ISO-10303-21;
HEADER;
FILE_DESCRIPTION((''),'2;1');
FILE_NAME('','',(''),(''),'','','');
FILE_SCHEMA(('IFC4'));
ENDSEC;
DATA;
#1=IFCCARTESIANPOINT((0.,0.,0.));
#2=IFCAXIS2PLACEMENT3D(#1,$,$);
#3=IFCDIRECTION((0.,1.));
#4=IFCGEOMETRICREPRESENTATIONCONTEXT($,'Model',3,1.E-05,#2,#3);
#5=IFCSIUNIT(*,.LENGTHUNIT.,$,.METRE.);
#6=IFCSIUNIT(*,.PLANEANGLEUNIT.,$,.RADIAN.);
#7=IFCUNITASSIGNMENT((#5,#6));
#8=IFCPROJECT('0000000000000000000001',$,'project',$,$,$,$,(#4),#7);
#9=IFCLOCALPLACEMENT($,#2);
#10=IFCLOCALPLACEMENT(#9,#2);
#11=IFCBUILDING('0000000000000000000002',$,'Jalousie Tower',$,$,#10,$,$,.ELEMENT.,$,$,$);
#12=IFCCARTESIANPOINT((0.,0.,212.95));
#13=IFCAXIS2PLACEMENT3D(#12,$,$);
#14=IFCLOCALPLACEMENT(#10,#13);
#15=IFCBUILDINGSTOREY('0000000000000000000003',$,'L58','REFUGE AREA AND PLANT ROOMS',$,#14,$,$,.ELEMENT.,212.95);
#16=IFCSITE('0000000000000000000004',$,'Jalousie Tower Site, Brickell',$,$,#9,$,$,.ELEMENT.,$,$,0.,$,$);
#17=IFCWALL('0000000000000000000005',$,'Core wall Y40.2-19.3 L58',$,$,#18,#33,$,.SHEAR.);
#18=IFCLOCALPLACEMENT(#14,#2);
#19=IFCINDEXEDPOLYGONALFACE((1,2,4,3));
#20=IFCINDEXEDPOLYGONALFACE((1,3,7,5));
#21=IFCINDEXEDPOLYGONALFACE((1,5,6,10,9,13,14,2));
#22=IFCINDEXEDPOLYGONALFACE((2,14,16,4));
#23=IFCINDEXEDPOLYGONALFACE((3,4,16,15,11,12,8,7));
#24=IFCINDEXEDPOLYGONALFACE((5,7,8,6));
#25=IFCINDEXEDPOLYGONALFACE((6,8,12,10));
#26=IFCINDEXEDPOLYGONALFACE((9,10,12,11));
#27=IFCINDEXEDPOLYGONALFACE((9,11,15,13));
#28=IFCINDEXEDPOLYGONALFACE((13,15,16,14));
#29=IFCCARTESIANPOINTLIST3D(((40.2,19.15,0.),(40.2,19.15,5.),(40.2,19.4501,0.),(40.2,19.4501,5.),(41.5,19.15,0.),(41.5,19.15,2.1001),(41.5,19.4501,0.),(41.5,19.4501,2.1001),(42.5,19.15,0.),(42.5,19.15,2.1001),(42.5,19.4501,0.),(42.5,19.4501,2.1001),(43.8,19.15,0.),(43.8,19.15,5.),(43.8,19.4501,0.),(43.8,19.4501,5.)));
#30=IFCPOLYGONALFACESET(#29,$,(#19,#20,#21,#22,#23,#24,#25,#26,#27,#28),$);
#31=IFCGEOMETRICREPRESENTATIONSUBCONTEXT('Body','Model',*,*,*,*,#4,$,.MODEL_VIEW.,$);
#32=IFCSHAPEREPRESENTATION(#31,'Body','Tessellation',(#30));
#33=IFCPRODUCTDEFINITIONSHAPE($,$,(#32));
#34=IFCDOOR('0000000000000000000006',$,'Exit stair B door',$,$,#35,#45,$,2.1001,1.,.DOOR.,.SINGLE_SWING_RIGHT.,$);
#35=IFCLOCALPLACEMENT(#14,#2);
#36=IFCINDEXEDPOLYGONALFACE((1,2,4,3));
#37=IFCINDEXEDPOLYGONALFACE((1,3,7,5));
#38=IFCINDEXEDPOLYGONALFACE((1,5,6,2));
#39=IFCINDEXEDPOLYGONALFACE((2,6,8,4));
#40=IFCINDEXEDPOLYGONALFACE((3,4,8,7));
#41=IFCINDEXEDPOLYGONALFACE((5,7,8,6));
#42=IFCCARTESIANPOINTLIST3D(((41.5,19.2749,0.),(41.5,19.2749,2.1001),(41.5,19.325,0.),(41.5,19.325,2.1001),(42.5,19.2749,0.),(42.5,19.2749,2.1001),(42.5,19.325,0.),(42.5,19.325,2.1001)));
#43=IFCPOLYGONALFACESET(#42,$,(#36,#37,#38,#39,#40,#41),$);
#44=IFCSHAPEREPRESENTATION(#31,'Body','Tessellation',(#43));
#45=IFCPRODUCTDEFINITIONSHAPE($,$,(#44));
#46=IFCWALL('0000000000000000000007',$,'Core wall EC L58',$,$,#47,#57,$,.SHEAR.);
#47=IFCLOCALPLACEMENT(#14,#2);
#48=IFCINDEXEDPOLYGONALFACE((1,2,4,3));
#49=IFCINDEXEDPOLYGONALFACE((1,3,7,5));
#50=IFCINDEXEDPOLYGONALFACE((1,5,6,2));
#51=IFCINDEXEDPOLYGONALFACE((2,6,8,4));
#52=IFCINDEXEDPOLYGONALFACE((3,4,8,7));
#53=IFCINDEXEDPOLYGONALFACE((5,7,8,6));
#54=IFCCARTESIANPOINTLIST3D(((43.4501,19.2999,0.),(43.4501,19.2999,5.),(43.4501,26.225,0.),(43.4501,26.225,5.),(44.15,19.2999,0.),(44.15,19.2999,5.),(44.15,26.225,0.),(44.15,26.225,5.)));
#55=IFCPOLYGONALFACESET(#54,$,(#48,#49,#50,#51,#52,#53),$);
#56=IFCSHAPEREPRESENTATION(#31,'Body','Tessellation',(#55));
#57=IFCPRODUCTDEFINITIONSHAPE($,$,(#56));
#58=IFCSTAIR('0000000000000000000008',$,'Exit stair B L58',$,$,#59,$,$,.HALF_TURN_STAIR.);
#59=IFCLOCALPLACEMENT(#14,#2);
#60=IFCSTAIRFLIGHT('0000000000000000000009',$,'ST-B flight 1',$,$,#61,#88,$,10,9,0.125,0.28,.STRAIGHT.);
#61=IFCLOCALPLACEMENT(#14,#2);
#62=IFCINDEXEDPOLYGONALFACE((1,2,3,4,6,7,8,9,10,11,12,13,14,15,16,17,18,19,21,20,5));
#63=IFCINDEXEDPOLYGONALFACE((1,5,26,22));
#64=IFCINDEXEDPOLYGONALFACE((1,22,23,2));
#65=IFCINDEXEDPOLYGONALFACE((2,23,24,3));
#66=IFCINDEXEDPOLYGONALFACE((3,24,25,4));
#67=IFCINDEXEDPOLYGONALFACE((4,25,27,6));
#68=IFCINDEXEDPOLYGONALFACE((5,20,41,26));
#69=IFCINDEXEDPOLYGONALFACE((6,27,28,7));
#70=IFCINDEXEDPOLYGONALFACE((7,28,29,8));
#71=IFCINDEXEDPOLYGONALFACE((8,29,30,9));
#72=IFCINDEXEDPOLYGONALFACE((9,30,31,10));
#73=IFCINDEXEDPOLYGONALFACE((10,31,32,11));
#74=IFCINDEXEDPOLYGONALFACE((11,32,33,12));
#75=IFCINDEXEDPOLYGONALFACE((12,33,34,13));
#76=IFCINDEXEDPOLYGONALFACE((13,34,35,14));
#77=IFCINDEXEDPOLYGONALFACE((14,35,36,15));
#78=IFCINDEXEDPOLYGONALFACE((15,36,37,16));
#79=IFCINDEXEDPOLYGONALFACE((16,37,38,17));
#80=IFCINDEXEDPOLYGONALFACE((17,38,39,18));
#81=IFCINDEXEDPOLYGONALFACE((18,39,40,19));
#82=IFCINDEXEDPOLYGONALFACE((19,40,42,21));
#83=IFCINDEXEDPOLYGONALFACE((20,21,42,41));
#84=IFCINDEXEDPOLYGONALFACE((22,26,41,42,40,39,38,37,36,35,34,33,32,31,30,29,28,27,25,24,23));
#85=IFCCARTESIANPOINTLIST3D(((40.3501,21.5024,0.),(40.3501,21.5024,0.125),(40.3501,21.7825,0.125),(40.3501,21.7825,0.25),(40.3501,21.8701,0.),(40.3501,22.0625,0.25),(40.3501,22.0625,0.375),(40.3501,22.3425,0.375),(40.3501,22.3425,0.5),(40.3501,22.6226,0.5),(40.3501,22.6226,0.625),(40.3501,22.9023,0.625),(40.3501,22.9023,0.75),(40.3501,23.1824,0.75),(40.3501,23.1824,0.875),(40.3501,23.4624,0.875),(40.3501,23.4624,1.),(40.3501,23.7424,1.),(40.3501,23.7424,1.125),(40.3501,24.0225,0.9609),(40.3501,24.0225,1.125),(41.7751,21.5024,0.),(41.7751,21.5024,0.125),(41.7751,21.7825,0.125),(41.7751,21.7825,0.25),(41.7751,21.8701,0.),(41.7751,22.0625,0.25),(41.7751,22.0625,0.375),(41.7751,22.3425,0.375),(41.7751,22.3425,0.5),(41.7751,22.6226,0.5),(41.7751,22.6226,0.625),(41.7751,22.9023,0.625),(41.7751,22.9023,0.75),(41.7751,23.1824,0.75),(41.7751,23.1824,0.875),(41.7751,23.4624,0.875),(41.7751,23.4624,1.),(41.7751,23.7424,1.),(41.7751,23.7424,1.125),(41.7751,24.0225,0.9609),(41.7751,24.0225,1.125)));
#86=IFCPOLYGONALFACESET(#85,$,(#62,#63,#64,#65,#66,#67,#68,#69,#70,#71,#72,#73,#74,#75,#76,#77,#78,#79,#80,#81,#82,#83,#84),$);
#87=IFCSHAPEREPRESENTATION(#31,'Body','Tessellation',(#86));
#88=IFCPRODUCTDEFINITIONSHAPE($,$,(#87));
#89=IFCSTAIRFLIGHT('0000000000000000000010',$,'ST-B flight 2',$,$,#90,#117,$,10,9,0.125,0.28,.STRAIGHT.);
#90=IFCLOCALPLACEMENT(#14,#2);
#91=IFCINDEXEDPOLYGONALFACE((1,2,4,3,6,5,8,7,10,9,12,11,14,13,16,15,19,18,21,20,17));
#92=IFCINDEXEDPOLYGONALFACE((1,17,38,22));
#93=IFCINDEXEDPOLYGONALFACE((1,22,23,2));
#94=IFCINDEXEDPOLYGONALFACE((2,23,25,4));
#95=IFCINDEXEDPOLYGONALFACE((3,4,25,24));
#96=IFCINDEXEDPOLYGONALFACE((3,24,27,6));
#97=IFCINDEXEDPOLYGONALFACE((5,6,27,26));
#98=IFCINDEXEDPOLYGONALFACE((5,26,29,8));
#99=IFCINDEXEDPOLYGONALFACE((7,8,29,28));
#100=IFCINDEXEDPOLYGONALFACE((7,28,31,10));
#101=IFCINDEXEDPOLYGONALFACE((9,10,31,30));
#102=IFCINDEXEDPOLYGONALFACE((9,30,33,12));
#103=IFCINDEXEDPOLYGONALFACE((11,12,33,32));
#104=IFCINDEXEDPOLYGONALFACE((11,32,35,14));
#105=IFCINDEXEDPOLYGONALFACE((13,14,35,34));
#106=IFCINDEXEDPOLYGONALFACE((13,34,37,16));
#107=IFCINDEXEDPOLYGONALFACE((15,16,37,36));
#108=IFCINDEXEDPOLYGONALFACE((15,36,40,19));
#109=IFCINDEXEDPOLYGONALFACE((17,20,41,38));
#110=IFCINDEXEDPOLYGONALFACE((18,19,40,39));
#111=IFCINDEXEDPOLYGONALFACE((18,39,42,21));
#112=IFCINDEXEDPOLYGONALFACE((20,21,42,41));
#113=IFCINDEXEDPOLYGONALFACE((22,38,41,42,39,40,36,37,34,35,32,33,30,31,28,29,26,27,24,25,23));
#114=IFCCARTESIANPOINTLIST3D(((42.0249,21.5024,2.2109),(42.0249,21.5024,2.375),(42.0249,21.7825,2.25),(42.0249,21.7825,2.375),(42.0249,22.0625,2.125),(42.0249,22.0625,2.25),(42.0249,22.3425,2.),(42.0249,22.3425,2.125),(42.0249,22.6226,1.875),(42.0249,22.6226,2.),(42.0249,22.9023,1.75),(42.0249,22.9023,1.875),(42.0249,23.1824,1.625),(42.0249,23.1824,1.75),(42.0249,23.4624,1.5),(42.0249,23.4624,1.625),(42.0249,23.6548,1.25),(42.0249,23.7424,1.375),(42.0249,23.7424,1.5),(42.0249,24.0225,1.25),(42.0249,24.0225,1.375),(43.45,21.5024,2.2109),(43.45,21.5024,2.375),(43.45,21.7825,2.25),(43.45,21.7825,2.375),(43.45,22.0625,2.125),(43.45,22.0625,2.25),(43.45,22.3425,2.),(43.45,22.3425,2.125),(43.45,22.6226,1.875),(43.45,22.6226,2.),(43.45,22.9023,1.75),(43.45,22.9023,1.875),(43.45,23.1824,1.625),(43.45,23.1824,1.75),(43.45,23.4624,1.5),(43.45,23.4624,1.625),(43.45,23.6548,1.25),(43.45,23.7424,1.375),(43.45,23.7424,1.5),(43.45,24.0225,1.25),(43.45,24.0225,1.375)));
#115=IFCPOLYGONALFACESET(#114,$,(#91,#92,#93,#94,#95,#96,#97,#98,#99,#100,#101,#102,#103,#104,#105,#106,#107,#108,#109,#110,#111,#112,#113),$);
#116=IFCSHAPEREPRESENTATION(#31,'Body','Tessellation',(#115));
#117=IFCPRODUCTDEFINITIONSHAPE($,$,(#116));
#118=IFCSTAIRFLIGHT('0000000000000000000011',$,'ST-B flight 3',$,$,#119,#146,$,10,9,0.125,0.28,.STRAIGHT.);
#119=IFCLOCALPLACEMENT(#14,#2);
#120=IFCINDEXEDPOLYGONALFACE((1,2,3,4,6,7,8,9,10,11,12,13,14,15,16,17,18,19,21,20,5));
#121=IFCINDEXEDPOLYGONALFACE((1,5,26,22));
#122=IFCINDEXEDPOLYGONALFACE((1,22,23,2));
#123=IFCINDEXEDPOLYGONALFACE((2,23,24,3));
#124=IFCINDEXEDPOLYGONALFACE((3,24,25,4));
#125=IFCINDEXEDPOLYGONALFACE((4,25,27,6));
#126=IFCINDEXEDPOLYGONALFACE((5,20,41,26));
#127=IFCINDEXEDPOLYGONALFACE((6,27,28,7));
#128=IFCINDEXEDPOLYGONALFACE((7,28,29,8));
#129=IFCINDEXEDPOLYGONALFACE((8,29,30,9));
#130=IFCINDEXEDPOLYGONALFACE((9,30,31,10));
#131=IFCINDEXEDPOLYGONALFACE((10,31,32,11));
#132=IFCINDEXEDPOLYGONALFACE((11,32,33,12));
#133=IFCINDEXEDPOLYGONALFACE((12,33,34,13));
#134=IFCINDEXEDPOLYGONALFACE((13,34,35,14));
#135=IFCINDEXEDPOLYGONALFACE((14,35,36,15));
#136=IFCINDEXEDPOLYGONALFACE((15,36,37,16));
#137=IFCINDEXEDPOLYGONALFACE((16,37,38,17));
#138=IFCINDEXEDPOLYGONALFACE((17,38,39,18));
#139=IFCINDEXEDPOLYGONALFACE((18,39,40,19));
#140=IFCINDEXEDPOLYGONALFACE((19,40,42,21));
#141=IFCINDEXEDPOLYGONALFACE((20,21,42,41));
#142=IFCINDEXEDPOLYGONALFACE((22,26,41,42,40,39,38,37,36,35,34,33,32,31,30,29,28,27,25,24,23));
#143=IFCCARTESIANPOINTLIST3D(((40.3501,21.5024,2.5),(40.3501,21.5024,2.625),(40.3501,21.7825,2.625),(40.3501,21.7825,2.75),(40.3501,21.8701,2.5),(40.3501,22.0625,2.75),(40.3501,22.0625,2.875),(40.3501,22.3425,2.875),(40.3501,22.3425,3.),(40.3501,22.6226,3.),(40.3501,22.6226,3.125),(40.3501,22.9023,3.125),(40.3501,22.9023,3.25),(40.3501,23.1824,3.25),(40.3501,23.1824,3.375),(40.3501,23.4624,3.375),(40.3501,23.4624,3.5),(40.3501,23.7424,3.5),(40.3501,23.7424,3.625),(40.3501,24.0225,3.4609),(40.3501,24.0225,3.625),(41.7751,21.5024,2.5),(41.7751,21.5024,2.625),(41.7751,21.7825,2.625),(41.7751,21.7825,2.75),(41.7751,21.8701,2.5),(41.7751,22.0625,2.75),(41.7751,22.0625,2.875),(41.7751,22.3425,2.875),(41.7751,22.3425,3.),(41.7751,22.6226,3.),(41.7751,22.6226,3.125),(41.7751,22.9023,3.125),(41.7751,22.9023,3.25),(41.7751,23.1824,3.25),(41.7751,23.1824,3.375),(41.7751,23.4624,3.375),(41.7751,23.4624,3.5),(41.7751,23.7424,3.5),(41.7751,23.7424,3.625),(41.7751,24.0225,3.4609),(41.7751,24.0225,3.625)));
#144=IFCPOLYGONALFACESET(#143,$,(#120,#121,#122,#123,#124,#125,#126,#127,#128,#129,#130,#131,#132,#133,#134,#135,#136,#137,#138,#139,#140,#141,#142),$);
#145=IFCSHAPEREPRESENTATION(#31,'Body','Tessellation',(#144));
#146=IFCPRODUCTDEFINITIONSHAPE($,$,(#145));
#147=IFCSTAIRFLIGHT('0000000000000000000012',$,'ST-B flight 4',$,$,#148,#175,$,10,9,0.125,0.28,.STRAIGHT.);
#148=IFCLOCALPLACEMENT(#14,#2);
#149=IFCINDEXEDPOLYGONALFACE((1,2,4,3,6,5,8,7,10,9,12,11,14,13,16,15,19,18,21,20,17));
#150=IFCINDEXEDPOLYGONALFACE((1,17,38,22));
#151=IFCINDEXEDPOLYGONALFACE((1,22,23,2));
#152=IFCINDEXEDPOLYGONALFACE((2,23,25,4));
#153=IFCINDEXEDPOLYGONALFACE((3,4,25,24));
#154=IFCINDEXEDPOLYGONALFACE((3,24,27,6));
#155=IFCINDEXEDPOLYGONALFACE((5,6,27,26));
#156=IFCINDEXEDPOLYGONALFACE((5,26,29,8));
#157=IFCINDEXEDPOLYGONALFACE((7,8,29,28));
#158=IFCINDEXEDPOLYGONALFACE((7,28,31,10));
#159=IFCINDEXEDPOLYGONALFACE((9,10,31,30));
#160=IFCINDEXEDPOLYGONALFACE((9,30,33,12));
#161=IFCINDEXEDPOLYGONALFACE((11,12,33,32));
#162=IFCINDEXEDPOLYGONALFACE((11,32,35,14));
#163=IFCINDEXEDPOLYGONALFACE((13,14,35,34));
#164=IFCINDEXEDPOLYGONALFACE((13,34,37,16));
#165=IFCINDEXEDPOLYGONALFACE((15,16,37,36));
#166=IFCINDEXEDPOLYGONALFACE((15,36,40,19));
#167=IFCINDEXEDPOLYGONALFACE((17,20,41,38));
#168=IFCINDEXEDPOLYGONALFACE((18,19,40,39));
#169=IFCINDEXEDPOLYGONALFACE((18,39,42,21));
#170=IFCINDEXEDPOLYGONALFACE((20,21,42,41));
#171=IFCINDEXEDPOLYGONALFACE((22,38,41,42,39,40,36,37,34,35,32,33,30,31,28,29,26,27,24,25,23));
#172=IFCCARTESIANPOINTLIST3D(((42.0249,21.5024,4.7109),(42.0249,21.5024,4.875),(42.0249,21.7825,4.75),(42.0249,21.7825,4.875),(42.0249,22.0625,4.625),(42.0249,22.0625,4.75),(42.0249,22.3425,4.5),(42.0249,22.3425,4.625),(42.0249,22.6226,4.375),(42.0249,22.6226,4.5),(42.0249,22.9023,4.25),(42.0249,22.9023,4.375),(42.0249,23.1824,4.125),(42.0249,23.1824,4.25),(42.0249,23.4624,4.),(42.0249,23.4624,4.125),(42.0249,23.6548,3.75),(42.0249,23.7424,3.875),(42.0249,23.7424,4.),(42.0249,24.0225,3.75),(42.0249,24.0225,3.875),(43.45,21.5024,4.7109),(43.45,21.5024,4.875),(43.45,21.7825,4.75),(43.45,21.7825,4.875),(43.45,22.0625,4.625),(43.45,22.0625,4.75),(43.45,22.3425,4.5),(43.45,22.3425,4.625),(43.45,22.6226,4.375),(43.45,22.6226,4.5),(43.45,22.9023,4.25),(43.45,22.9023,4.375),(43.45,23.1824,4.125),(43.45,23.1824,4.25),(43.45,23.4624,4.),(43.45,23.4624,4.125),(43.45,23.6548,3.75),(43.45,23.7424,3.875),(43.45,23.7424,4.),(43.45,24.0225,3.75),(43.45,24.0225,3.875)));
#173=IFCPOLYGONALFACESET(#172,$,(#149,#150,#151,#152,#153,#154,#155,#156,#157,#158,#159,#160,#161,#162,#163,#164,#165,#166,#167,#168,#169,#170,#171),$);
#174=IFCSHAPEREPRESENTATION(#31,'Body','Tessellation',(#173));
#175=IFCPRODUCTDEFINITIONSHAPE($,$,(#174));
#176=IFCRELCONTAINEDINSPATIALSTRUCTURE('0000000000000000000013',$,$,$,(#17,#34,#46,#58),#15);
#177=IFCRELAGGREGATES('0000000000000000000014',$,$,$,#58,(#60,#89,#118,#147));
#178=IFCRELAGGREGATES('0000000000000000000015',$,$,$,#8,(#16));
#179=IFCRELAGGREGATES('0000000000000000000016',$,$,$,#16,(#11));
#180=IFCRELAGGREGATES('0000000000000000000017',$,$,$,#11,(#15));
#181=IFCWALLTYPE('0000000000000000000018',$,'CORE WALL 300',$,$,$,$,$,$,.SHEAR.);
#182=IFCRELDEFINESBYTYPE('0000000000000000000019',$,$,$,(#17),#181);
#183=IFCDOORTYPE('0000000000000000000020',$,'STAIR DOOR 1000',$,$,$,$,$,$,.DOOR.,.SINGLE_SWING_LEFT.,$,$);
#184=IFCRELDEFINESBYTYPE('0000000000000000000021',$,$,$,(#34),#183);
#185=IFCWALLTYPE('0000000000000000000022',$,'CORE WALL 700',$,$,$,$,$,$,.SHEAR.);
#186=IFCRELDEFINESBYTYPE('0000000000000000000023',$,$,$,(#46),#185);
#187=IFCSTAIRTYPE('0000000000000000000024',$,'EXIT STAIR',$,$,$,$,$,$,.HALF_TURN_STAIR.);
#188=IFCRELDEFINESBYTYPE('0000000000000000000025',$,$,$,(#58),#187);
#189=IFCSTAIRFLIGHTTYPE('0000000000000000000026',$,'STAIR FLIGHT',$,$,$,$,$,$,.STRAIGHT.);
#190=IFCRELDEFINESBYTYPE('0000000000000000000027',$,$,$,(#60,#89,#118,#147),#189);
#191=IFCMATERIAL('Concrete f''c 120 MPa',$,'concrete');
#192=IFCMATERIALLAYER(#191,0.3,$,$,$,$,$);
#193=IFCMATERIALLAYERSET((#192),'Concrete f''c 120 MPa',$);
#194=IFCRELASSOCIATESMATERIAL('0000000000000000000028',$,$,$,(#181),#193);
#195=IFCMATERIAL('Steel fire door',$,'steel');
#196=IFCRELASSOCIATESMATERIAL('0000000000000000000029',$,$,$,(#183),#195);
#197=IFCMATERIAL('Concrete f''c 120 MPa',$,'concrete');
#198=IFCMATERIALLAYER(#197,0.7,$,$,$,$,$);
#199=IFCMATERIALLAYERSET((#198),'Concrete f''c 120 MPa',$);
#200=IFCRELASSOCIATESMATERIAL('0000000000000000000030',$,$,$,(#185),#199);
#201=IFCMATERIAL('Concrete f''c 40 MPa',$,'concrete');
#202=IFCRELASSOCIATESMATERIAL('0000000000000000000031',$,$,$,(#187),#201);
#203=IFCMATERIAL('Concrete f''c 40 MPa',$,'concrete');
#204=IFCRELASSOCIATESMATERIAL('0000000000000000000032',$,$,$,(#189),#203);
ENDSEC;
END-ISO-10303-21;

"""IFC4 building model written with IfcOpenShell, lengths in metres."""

from ifc_helpers import new_model, si_unit, direction, frame, frame_2d, origin, place, context, subcontext, project, spatial, polyline, rectangle, outline, extrude, material, layer, layer_set, type_object, element, fill, aggregate, save


model = new_model("IFC4")

# Units and contexts
model_context = context("Model", 3, precision=1e-05, world=origin(), true_north=direction((0.0, 1.0)))
body_context = subcontext(model_context, "Body", "Model", "MODEL_VIEW")
ifc_project = project(units=[si_unit("LENGTHUNIT", "METRE"), si_unit("PLANEANGLEUNIT", "RADIAN")], contexts=[model_context])

# Site, building, storey
site_placement = place(None, origin())
site = spatial("IfcSite", under=ifc_project, at=site_placement, Name="Jalousie Tower Site, Brickell", CompositionType="ELEMENT", RefElevation=0.0)
building_placement = place(site_placement, origin())
building = spatial("IfcBuilding", under=site, at=building_placement, Name="Jalousie Tower", CompositionType="ELEMENT")
storey_placement = place(building_placement, frame((0.0, 0.0, 212.95)))
storey = spatial("IfcBuildingStorey", under=building, at=storey_placement, Name="L58", Description="REFUGE AREA AND PLANT ROOMS", CompositionType="ELEMENT", Elevation=212.95)

# Shared definitions
ifc_material_1 = material(Name="Concrete f'c 120 MPa", Category="concrete")
ifc_layer_1 = layer(ifc_material_1, 0.3)
ifc_layer_set_1 = layer_set([ifc_layer_1], Name="Concrete f'c 120 MPa")
wall_type_1 = type_object("IfcWallType", Name="CORE WALL 300", PredefinedType="SHEAR", material=ifc_layer_set_1)

# Wall, opening, door
wall_1_placement = place(storey_placement, frame((40.2, 19.3, 0.0), z_axis=(0.0, 0.0, 1.0), x_axis=(1.0, 0.0, 0.0)))
wall_1 = element("IfcWall", 1, at=wall_1_placement, inside=storey, type_object=wall_type_1, Name="Core wall Y40.2-19.3 L58", PredefinedType="SHEAR", context=body_context, shape_type="SweptSolid", body=[
    extrude(rectangle(XDim=3.6001, YDim=0.3, at=frame_2d((1.8, 0.0))), origin(), (0.0, 0.0, 1.0), 5.0),
])
opening_1_placement = place(wall_1_placement, frame((1.3, 0.0, 0.0)))
opening_1 = element("IfcOpeningElement", 2, at=opening_1_placement, cuts=wall_1, PredefinedType="OPENING", context=body_context, shape_type="SweptSolid", body=[
    extrude(rectangle(XDim=1.0, YDim=2.1001, at=frame_2d((0.5, 1.05))), frame((0.0, 0.1599, 0.0), z_axis=(0.0, -1.0, 0.0), x_axis=(1.0, 0.0, 0.0)), (0.0, 0.0, 1.0), 0.3201),
])
ifc_material_2 = material(Name="Steel fire door", Category="steel")
door_type_1 = type_object("IfcDoorType", Name="STAIR DOOR 1000", OperationType="SINGLE_SWING_LEFT", PredefinedType="DOOR", material=ifc_material_2)
door_1_placement = place(opening_1_placement, origin())
door_1 = element("IfcDoor", 3, at=door_1_placement, inside=storey, type_object=door_type_1, Name="Exit stair B door", OperationType="SINGLE_SWING_RIGHT", OverallHeight=2.1001, OverallWidth=1.0, PredefinedType="DOOR", context=body_context, shape_type="SweptSolid", body=[
    extrude(rectangle(XDim=1.0, YDim=2.1001, at=frame_2d((0.5, 1.05))), frame((0.0, 0.0249, 0.0), z_axis=(0.0, -1.0, 0.0), x_axis=(1.0, 0.0, 0.0)), (0.0, 0.0, 1.0), 0.05),
])
fill(opening_1, door_1)

# Wall
ifc_material_3 = material(Name="Concrete f'c 120 MPa", Category="concrete")
ifc_layer_2 = layer(ifc_material_3, 0.7)
ifc_layer_set_2 = layer_set([ifc_layer_2], Name="Concrete f'c 120 MPa")
wall_type_2 = type_object("IfcWallType", Name="CORE WALL 700", PredefinedType="SHEAR", material=ifc_layer_set_2)
wall_2_placement = place(storey_placement, frame((43.8, 19.3, 0.0), z_axis=(0.0, 0.0, 1.0), x_axis=(0.0, 1.0, 0.0)))
element("IfcWall", 4, at=wall_2_placement, inside=storey, type_object=wall_type_2, Name="Core wall EC L58", PredefinedType="SHEAR", context=body_context, shape_type="SweptSolid", body=[
    extrude(rectangle(XDim=6.925, YDim=0.7, at=frame_2d((3.4624, 0.0))), origin(), (0.0, 0.0, 1.0), 5.0),
])

# Stair, stair flights
ifc_material_4 = material(Name="Concrete f'c 40 MPa", Category="concrete")
stair_type = type_object("IfcStairType", Name="EXIT STAIR", PredefinedType="HALF_TURN_STAIR", material=ifc_material_4)
stair_placement = place(storey_placement, origin())
stair = element("IfcStair", 5, at=stair_placement, inside=storey, type_object=stair_type, Name="Exit stair B L58", PredefinedType="HALF_TURN_STAIR")
ifc_material_5 = material(Name="Concrete f'c 40 MPa", Category="concrete")
stair_flight_type = type_object("IfcStairFlightType", Name="STAIR FLIGHT", PredefinedType="STRAIGHT", material=ifc_material_5)
stair_flight_1_placement = place(storey_placement, frame((41.0625, 21.5024, 0.0), z_axis=(0.0, 0.0, 1.0), x_axis=(0.0, 1.0, 0.0)))
stair_flight_1 = element("IfcStairFlight", 6, at=stair_flight_1_placement, type_object=stair_flight_type, Name="ST-B flight 1", NumberOfRisers=10, NumberOfTreads=9, PredefinedType="STRAIGHT", RiserHeight=0.125, TreadLength=0.28, context=body_context, shape_type="SweptSolid", body=[
    extrude(outline(polyline([(0.0, 0.0), (0.0, 0.125), (0.28, 0.125), (0.28, 0.25), (0.5601, 0.25), (0.5601, 0.375), (0.8401, 0.375), (0.8401, 0.5), (1.1201, 0.5), (1.1201, 0.625), (1.3999, 0.625), (1.3999, 0.75), (1.6799, 0.75), (1.6799, 0.875), (1.96, 0.875), (1.96, 1.0), (2.24, 1.0), (2.24, 1.125), (2.52, 1.125), (2.52, 1.25), (2.52, 0.9609), (0.3677, 0.0), (0.0, 0.0)])), frame((0.0, 0.7124, 0.0), z_axis=(0.0, -1.0, 0.0), x_axis=(1.0, 0.0, 0.0)), (0.0, 0.0, 1.0), 1.425),
])
stair_flight_2_placement = place(storey_placement, frame((42.7375, 24.0225, 1.25), z_axis=(0.0, 0.0, 1.0), x_axis=(0.0, -1.0, 0.0)))
stair_flight_2 = element("IfcStairFlight", 7, at=stair_flight_2_placement, type_object=stair_flight_type, Name="ST-B flight 2", NumberOfRisers=10, NumberOfTreads=9, PredefinedType="STRAIGHT", RiserHeight=0.125, TreadLength=0.28, context=body_context, shape_type="SweptSolid", body=[
    extrude(outline(polyline([(0.0, 0.0), (0.0, 0.125), (0.28, 0.125), (0.28, 0.25), (0.5601, 0.25), (0.5601, 0.375), (0.8401, 0.375), (0.8401, 0.5), (1.1201, 0.5), (1.1201, 0.625), (1.3999, 0.625), (1.3999, 0.75), (1.6799, 0.75), (1.6799, 0.875), (1.96, 0.875), (1.96, 1.0), (2.24, 1.0), (2.24, 1.125), (2.52, 1.125), (2.52, 1.25), (2.52, 0.9609), (0.3677, 0.0), (0.0, 0.0)])), frame((0.0, 0.7124, 0.0), z_axis=(0.0, -1.0, 0.0), x_axis=(1.0, 0.0, 0.0)), (0.0, 0.0, 1.0), 1.425),
])
stair_flight_3_placement = place(storey_placement, frame((41.0625, 21.5024, 2.5), z_axis=(0.0, 0.0, 1.0), x_axis=(0.0, 1.0, 0.0)))
stair_flight_3 = element("IfcStairFlight", 8, at=stair_flight_3_placement, type_object=stair_flight_type, Name="ST-B flight 3", NumberOfRisers=10, NumberOfTreads=9, PredefinedType="STRAIGHT", RiserHeight=0.125, TreadLength=0.28, context=body_context, shape_type="SweptSolid", body=[
    extrude(outline(polyline([(0.0, 0.0), (0.0, 0.125), (0.28, 0.125), (0.28, 0.25), (0.5601, 0.25), (0.5601, 0.375), (0.8401, 0.375), (0.8401, 0.5), (1.1201, 0.5), (1.1201, 0.625), (1.3999, 0.625), (1.3999, 0.75), (1.6799, 0.75), (1.6799, 0.875), (1.96, 0.875), (1.96, 1.0), (2.24, 1.0), (2.24, 1.125), (2.52, 1.125), (2.52, 1.25), (2.52, 0.9609), (0.3677, 0.0), (0.0, 0.0)])), frame((0.0, 0.7124, 0.0), z_axis=(0.0, -1.0, 0.0), x_axis=(1.0, 0.0, 0.0)), (0.0, 0.0, 1.0), 1.425),
])
stair_flight_4_placement = place(storey_placement, frame((42.7375, 24.0225, 3.75), z_axis=(0.0, 0.0, 1.0), x_axis=(0.0, -1.0, 0.0)))
stair_flight_4 = element("IfcStairFlight", 9, at=stair_flight_4_placement, type_object=stair_flight_type, Name="ST-B flight 4", NumberOfRisers=10, NumberOfTreads=9, PredefinedType="STRAIGHT", RiserHeight=0.125, TreadLength=0.28, context=body_context, shape_type="SweptSolid", body=[
    extrude(outline(polyline([(0.0, 0.0), (0.0, 0.125), (0.28, 0.125), (0.28, 0.25), (0.5601, 0.25), (0.5601, 0.375), (0.8401, 0.375), (0.8401, 0.5), (1.1201, 0.5), (1.1201, 0.625), (1.3999, 0.625), (1.3999, 0.75), (1.6799, 0.75), (1.6799, 0.875), (1.96, 0.875), (1.96, 1.0), (2.24, 1.0), (2.24, 1.125), (2.52, 1.125), (2.52, 1.25), (2.52, 0.9609), (0.3677, 0.0), (0.0, 0.0)])), frame((0.0, 0.7124, 0.0), z_axis=(0.0, -1.0, 0.0), x_axis=(1.0, 0.0, 0.0)), (0.0, 0.0, 1.0), 1.425),
])
aggregate(stair, [stair_flight_1, stair_flight_2, stair_flight_3, stair_flight_4])

save(model, "model.ifc")
